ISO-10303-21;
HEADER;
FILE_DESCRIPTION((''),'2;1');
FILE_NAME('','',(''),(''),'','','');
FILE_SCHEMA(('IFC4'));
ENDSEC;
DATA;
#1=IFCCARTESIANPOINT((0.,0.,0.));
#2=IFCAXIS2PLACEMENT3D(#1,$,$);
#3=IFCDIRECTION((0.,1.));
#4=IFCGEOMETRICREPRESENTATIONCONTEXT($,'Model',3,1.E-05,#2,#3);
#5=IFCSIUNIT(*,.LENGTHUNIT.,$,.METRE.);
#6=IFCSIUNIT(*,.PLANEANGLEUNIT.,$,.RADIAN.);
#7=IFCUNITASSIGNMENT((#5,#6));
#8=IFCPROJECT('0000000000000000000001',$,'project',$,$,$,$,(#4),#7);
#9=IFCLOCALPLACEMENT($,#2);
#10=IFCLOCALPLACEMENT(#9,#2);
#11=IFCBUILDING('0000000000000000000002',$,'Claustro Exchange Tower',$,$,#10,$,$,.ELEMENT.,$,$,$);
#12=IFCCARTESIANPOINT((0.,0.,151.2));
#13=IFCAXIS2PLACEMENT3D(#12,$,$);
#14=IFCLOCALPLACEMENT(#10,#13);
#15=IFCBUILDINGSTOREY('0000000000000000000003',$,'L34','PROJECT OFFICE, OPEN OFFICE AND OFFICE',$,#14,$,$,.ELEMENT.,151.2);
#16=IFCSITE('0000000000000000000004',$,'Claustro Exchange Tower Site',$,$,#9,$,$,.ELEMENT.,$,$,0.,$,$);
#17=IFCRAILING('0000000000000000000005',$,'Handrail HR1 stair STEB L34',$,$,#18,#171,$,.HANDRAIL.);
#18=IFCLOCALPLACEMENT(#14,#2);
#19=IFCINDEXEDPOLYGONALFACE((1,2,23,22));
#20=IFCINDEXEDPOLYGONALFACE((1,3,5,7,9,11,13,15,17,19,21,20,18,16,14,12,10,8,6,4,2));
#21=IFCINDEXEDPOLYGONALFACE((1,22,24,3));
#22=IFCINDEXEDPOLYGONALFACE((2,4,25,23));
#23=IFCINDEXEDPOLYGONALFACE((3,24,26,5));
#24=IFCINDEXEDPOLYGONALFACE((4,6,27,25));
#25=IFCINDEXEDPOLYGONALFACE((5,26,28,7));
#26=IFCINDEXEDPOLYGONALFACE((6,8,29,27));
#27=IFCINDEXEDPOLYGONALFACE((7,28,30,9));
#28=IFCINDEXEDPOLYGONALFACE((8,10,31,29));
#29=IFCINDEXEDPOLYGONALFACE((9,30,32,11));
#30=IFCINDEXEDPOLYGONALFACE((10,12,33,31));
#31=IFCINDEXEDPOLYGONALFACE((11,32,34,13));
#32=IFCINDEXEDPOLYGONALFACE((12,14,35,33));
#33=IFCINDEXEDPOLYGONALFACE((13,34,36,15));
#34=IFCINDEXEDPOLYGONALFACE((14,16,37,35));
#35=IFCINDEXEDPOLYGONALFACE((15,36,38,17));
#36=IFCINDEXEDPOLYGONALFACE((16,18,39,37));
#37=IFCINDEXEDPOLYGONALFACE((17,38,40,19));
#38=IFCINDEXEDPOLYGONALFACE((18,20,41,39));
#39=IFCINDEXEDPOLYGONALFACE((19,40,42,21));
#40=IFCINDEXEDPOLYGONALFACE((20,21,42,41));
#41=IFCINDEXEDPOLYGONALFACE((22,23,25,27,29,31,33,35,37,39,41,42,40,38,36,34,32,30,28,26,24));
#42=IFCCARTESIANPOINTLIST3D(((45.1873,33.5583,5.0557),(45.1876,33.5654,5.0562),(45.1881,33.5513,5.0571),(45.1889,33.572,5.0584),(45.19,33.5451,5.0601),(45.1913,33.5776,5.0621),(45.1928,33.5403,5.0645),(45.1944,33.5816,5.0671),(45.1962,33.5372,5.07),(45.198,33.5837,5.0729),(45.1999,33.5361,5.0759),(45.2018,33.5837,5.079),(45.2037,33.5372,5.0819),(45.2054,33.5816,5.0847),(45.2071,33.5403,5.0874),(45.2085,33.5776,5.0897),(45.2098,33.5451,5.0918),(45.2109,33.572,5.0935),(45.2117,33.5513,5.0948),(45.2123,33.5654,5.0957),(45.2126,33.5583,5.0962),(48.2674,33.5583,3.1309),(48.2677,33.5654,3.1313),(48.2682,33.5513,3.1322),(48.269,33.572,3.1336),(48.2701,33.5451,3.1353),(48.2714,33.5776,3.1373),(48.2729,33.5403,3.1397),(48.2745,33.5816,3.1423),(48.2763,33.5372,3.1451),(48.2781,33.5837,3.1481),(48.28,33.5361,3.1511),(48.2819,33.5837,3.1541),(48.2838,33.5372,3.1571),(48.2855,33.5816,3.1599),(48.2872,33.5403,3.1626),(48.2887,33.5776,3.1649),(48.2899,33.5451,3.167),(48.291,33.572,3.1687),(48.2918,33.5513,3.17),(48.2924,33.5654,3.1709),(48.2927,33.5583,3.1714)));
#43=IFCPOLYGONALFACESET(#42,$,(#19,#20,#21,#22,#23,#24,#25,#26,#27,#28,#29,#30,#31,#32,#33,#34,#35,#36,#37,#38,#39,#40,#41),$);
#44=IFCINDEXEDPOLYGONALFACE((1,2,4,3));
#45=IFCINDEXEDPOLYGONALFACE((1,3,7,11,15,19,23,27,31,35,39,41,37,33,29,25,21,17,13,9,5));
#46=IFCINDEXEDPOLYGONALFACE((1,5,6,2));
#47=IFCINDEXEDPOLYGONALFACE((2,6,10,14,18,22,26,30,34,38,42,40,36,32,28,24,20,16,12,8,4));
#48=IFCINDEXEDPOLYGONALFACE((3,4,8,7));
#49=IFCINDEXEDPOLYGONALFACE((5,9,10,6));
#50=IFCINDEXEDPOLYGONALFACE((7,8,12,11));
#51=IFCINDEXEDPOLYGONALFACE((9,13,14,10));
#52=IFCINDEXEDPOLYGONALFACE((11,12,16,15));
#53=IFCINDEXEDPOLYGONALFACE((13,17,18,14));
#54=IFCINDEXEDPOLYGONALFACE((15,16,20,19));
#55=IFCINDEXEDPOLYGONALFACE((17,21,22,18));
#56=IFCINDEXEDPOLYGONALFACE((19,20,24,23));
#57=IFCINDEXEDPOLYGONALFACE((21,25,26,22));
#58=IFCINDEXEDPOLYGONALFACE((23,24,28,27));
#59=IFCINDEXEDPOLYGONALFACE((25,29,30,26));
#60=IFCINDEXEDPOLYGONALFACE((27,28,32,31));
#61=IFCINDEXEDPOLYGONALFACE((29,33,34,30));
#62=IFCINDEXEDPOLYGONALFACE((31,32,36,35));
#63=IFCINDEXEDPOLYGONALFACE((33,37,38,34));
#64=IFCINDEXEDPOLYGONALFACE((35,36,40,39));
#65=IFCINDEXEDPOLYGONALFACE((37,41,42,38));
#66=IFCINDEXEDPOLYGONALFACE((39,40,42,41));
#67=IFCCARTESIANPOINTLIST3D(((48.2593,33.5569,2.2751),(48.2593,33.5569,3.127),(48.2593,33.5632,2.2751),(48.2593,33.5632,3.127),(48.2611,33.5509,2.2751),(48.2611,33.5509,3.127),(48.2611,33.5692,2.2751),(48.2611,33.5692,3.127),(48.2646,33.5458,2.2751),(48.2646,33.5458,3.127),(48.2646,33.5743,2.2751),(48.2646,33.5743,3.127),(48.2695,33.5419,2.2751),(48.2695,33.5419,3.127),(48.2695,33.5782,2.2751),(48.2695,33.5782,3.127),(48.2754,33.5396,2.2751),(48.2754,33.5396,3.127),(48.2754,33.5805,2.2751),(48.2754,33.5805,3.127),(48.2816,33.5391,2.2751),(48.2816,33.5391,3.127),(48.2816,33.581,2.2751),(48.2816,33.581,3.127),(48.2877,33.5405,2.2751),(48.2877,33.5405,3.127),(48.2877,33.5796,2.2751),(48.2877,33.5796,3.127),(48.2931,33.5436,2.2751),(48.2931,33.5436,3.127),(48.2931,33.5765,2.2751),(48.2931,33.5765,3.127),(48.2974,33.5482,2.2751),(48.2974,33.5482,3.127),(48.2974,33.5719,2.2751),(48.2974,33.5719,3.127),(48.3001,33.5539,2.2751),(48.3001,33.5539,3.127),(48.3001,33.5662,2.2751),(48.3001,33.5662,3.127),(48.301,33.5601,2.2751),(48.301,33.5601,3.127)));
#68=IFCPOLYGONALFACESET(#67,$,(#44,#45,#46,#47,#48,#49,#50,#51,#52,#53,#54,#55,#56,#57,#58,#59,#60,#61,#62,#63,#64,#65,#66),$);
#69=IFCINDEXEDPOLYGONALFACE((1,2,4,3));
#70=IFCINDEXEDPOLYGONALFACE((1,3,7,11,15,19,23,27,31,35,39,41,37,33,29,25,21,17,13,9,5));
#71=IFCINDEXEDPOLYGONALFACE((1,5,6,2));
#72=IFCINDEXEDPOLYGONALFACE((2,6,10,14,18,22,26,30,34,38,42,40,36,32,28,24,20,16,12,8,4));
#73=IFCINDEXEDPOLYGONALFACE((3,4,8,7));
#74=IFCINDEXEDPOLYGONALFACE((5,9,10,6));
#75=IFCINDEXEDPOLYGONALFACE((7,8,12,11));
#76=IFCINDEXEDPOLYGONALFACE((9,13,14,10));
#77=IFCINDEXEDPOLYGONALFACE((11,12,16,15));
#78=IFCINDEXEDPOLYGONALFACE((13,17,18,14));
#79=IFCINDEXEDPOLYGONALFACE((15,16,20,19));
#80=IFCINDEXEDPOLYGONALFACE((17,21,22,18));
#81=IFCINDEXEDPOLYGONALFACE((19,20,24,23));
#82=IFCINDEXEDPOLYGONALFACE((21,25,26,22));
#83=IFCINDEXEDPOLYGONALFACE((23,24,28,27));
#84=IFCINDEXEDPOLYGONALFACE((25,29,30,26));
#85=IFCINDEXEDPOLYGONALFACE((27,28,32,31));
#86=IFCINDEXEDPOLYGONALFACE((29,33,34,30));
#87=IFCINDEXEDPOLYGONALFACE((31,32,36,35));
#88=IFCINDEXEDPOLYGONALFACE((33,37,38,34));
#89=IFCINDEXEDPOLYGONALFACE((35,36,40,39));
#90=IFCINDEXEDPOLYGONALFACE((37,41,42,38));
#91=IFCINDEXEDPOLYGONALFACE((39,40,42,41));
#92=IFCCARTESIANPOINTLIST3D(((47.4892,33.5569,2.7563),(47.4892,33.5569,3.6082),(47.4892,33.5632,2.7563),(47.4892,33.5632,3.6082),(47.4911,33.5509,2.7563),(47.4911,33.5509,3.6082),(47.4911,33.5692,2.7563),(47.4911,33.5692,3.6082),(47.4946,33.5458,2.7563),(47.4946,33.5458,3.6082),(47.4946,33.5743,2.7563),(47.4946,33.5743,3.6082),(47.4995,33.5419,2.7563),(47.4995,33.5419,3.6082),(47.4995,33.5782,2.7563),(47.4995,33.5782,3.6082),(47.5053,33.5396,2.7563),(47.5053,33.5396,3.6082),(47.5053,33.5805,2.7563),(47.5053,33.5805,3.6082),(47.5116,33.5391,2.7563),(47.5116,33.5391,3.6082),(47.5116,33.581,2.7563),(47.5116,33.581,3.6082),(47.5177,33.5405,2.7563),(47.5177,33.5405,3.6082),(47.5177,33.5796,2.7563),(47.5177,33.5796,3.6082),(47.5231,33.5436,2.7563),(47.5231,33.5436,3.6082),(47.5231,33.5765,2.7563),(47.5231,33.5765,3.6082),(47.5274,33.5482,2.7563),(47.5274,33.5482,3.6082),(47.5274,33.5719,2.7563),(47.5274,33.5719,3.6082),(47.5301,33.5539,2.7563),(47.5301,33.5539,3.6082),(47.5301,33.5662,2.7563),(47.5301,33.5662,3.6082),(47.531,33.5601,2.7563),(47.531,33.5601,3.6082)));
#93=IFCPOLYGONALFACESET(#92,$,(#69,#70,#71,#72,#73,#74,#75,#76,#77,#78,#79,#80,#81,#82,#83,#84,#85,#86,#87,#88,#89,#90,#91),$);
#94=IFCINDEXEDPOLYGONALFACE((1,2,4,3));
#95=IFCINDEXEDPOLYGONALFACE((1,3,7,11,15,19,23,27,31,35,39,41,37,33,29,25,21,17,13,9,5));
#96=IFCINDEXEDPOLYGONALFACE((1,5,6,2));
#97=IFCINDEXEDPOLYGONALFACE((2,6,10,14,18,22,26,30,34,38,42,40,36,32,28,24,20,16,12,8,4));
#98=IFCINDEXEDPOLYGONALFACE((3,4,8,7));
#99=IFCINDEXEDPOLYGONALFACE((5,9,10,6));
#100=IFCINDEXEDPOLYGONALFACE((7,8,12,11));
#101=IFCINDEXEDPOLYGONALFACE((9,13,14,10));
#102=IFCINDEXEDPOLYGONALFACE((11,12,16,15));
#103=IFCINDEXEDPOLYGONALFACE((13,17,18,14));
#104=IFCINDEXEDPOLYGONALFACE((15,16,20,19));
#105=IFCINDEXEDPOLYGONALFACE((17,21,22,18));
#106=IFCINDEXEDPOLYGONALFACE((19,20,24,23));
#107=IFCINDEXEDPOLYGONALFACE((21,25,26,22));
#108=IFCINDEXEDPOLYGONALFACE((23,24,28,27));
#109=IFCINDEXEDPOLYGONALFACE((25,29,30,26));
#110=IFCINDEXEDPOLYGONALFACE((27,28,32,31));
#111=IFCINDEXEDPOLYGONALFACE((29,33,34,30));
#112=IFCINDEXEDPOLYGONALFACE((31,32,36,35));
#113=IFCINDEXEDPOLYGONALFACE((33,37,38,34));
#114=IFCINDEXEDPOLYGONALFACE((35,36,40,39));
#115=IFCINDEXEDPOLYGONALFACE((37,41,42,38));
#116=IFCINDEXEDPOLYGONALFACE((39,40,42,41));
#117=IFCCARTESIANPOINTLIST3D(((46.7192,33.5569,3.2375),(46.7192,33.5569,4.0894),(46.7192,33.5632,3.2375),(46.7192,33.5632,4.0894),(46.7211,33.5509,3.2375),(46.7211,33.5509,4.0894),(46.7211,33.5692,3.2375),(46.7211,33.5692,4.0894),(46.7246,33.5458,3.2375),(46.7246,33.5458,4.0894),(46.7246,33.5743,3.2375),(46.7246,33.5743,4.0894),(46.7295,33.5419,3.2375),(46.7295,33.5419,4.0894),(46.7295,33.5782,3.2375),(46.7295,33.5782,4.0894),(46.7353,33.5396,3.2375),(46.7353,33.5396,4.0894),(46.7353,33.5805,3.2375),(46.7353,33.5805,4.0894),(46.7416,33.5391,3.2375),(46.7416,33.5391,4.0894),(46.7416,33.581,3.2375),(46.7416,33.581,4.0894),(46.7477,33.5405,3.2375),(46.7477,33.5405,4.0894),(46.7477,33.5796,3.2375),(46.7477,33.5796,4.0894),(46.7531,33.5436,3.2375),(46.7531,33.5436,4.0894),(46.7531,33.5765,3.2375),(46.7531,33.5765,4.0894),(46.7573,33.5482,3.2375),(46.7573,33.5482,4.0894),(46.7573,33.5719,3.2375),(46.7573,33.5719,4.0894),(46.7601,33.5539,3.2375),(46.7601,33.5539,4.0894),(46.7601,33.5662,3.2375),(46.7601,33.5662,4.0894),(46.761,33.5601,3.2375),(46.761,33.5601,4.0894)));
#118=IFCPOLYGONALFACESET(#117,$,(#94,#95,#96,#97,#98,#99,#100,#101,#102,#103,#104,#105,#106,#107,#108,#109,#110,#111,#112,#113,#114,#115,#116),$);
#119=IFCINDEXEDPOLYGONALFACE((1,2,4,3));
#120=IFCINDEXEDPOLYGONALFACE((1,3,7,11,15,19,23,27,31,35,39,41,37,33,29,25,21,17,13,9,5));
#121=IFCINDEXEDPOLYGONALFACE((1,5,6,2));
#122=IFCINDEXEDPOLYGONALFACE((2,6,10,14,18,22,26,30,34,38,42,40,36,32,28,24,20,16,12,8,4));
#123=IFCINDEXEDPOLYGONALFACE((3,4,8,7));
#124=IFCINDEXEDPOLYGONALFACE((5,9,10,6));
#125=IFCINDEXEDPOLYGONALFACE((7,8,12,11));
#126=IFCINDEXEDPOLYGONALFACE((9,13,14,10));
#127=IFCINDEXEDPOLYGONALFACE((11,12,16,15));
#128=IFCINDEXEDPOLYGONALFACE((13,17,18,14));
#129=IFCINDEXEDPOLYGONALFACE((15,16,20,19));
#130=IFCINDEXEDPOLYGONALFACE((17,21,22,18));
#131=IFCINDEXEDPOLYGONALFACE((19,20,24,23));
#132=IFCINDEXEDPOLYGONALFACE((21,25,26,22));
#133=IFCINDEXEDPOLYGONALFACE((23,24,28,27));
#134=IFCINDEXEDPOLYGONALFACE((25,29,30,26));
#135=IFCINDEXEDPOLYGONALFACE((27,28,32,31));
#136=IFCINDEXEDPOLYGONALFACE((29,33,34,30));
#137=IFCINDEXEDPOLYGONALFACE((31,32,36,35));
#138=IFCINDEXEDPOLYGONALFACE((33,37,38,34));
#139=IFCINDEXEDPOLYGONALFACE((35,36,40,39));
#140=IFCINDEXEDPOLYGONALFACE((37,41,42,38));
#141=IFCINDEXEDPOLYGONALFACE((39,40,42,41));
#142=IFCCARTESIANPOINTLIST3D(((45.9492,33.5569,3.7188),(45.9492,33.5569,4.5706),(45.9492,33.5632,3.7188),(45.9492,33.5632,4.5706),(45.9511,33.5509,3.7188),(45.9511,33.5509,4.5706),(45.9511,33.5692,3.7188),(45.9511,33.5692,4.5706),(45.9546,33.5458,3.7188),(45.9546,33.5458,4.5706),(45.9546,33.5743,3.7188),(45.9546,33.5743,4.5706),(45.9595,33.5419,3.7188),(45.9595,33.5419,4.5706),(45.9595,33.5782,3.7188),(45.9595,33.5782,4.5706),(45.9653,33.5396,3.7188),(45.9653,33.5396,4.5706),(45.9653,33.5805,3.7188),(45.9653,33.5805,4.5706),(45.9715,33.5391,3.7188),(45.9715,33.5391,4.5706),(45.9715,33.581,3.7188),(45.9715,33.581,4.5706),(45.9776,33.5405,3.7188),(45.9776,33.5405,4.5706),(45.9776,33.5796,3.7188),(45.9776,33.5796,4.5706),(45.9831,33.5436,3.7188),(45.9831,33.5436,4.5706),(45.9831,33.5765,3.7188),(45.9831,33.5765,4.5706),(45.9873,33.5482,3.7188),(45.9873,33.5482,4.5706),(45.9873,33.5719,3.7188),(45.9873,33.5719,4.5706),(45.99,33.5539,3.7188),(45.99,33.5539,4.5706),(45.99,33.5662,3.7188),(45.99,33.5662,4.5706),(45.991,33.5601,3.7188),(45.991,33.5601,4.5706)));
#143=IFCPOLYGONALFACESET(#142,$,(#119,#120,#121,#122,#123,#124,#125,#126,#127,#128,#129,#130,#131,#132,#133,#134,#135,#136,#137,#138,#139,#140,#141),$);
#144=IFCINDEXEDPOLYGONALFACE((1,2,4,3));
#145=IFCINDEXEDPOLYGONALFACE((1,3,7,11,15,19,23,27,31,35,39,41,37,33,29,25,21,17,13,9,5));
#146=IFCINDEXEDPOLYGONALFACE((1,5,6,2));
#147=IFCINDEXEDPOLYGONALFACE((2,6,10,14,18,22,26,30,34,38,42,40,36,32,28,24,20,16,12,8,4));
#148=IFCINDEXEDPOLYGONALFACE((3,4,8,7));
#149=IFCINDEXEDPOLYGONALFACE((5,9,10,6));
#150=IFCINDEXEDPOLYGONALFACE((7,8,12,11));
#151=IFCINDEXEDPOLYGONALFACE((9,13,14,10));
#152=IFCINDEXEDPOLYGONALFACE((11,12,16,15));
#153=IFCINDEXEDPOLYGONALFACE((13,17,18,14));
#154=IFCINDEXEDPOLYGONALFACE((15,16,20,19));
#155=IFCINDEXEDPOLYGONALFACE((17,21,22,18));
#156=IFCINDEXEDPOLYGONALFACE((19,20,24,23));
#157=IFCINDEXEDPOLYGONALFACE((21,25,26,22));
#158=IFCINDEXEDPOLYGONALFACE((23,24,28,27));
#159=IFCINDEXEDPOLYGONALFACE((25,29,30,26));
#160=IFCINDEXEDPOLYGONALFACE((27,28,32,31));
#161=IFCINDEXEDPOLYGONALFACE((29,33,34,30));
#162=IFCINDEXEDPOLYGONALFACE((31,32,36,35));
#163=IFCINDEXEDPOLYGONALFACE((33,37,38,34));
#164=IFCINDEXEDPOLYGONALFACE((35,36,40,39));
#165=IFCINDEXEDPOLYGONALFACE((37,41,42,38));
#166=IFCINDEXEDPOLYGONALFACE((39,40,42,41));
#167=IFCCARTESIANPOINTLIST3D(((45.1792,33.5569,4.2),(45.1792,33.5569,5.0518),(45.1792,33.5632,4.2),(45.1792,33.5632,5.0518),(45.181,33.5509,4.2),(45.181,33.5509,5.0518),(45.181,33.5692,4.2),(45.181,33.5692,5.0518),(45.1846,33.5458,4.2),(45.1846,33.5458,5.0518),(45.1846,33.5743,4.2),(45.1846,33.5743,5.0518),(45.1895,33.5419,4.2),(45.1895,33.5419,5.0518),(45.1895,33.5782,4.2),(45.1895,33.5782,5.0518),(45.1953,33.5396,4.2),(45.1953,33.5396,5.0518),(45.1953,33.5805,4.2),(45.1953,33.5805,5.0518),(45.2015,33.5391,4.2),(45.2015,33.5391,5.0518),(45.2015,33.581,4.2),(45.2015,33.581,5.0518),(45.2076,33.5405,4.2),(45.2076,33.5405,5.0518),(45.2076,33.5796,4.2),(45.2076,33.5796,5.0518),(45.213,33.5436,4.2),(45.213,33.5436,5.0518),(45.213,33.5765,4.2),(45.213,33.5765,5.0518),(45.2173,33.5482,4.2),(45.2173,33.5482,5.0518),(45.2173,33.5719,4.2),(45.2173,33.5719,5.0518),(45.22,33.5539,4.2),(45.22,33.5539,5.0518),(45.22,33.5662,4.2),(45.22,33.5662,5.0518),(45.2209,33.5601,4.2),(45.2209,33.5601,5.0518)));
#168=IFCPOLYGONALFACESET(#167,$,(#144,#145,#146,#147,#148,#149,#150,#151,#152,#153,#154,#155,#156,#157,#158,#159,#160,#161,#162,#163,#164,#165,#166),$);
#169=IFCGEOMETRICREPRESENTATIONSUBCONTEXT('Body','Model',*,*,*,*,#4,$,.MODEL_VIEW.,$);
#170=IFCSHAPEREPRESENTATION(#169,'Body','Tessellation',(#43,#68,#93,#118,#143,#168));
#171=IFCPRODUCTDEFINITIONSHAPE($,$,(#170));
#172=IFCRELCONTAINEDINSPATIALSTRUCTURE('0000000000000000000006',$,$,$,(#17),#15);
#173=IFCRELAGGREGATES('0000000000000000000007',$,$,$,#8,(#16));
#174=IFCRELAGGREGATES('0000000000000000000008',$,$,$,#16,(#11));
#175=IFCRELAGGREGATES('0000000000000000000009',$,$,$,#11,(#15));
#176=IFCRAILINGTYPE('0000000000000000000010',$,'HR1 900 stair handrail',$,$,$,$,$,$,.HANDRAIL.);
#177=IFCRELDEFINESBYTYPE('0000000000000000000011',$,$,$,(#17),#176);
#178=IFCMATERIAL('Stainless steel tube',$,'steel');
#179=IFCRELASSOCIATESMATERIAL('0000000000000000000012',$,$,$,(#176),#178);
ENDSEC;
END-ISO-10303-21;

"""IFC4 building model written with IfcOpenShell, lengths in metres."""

from ifc_helpers import new_model, si_unit, direction, frame, origin, origin_2d, place, context, subcontext, project, spatial, circle, extrude, material, type_object, element, save


model = new_model("IFC4")

# Units and contexts
model_context = context("Model", 3, precision=1e-05, world=origin(), true_north=direction((0.0, 1.0)))
body_context = subcontext(model_context, "Body", "Model", "MODEL_VIEW")
ifc_project = project(units=[si_unit("LENGTHUNIT", "METRE"), si_unit("PLANEANGLEUNIT", "RADIAN")], contexts=[model_context])

# Site, building, storey
site_placement = place(None, origin())
site = spatial("IfcSite", under=ifc_project, at=site_placement, Name="Claustro Exchange Tower Site", CompositionType="ELEMENT", RefElevation=0.0)
building_placement = place(site_placement, origin())
building = spatial("IfcBuilding", under=site, at=building_placement, Name="Claustro Exchange Tower", CompositionType="ELEMENT")
storey_placement = place(building_placement, frame((0.0, 0.0, 151.2)))
storey = spatial("IfcBuildingStorey", under=building, at=storey_placement, Name="L34", Description="PROJECT OFFICE, OPEN OFFICE AND OFFICE", CompositionType="ELEMENT", Elevation=151.2)

# Railing
ifc_material_1 = material(Name="Stainless steel tube", Category="steel")
railing_type_1 = type_object("IfcRailingType", Name="HR1 900 stair handrail", PredefinedType="HANDRAIL", material=ifc_material_1)
railing_1_placement = place(storey_placement, frame((48.28, 33.5601, 2.2751)))
element("IfcRailing", 1, at=railing_1_placement, inside=storey, type_object=railing_type_1, Name="Handrail HR1 stair STEB L34", PredefinedType="HANDRAIL", context=body_context, shape_type="SweptSolid", body=[
    extrude(circle(Radius=0.0239, at=origin_2d()), frame((0.0, 0.0, 0.876), z_axis=(-0.848029, 0.0, 0.529951), x_axis=(0.0, -1.0, 0.0)), (0.0, 0.0, 1.0), 3.6321),
    extrude(circle(Radius=0.021, at=origin_2d()), origin(), (0.0, 0.0, 1.0), 0.8518),
    extrude(circle(Radius=0.021, at=origin_2d()), frame((-0.77, 0.0, 0.4812)), (0.0, 0.0, 1.0), 0.8518),
    extrude(circle(Radius=0.021, at=origin_2d()), frame((-1.54, 0.0, 0.9624)), (0.0, 0.0, 1.0), 0.8518),
    extrude(circle(Radius=0.021, at=origin_2d()), frame((-2.3101, 0.0, 1.4436)), (0.0, 0.0, 1.0), 0.8518),
    extrude(circle(Radius=0.021, at=origin_2d()), frame((-3.0801, 0.0, 1.9248)), (0.0, 0.0, 1.0), 0.8518),
])

save(model, "model.ifc")
